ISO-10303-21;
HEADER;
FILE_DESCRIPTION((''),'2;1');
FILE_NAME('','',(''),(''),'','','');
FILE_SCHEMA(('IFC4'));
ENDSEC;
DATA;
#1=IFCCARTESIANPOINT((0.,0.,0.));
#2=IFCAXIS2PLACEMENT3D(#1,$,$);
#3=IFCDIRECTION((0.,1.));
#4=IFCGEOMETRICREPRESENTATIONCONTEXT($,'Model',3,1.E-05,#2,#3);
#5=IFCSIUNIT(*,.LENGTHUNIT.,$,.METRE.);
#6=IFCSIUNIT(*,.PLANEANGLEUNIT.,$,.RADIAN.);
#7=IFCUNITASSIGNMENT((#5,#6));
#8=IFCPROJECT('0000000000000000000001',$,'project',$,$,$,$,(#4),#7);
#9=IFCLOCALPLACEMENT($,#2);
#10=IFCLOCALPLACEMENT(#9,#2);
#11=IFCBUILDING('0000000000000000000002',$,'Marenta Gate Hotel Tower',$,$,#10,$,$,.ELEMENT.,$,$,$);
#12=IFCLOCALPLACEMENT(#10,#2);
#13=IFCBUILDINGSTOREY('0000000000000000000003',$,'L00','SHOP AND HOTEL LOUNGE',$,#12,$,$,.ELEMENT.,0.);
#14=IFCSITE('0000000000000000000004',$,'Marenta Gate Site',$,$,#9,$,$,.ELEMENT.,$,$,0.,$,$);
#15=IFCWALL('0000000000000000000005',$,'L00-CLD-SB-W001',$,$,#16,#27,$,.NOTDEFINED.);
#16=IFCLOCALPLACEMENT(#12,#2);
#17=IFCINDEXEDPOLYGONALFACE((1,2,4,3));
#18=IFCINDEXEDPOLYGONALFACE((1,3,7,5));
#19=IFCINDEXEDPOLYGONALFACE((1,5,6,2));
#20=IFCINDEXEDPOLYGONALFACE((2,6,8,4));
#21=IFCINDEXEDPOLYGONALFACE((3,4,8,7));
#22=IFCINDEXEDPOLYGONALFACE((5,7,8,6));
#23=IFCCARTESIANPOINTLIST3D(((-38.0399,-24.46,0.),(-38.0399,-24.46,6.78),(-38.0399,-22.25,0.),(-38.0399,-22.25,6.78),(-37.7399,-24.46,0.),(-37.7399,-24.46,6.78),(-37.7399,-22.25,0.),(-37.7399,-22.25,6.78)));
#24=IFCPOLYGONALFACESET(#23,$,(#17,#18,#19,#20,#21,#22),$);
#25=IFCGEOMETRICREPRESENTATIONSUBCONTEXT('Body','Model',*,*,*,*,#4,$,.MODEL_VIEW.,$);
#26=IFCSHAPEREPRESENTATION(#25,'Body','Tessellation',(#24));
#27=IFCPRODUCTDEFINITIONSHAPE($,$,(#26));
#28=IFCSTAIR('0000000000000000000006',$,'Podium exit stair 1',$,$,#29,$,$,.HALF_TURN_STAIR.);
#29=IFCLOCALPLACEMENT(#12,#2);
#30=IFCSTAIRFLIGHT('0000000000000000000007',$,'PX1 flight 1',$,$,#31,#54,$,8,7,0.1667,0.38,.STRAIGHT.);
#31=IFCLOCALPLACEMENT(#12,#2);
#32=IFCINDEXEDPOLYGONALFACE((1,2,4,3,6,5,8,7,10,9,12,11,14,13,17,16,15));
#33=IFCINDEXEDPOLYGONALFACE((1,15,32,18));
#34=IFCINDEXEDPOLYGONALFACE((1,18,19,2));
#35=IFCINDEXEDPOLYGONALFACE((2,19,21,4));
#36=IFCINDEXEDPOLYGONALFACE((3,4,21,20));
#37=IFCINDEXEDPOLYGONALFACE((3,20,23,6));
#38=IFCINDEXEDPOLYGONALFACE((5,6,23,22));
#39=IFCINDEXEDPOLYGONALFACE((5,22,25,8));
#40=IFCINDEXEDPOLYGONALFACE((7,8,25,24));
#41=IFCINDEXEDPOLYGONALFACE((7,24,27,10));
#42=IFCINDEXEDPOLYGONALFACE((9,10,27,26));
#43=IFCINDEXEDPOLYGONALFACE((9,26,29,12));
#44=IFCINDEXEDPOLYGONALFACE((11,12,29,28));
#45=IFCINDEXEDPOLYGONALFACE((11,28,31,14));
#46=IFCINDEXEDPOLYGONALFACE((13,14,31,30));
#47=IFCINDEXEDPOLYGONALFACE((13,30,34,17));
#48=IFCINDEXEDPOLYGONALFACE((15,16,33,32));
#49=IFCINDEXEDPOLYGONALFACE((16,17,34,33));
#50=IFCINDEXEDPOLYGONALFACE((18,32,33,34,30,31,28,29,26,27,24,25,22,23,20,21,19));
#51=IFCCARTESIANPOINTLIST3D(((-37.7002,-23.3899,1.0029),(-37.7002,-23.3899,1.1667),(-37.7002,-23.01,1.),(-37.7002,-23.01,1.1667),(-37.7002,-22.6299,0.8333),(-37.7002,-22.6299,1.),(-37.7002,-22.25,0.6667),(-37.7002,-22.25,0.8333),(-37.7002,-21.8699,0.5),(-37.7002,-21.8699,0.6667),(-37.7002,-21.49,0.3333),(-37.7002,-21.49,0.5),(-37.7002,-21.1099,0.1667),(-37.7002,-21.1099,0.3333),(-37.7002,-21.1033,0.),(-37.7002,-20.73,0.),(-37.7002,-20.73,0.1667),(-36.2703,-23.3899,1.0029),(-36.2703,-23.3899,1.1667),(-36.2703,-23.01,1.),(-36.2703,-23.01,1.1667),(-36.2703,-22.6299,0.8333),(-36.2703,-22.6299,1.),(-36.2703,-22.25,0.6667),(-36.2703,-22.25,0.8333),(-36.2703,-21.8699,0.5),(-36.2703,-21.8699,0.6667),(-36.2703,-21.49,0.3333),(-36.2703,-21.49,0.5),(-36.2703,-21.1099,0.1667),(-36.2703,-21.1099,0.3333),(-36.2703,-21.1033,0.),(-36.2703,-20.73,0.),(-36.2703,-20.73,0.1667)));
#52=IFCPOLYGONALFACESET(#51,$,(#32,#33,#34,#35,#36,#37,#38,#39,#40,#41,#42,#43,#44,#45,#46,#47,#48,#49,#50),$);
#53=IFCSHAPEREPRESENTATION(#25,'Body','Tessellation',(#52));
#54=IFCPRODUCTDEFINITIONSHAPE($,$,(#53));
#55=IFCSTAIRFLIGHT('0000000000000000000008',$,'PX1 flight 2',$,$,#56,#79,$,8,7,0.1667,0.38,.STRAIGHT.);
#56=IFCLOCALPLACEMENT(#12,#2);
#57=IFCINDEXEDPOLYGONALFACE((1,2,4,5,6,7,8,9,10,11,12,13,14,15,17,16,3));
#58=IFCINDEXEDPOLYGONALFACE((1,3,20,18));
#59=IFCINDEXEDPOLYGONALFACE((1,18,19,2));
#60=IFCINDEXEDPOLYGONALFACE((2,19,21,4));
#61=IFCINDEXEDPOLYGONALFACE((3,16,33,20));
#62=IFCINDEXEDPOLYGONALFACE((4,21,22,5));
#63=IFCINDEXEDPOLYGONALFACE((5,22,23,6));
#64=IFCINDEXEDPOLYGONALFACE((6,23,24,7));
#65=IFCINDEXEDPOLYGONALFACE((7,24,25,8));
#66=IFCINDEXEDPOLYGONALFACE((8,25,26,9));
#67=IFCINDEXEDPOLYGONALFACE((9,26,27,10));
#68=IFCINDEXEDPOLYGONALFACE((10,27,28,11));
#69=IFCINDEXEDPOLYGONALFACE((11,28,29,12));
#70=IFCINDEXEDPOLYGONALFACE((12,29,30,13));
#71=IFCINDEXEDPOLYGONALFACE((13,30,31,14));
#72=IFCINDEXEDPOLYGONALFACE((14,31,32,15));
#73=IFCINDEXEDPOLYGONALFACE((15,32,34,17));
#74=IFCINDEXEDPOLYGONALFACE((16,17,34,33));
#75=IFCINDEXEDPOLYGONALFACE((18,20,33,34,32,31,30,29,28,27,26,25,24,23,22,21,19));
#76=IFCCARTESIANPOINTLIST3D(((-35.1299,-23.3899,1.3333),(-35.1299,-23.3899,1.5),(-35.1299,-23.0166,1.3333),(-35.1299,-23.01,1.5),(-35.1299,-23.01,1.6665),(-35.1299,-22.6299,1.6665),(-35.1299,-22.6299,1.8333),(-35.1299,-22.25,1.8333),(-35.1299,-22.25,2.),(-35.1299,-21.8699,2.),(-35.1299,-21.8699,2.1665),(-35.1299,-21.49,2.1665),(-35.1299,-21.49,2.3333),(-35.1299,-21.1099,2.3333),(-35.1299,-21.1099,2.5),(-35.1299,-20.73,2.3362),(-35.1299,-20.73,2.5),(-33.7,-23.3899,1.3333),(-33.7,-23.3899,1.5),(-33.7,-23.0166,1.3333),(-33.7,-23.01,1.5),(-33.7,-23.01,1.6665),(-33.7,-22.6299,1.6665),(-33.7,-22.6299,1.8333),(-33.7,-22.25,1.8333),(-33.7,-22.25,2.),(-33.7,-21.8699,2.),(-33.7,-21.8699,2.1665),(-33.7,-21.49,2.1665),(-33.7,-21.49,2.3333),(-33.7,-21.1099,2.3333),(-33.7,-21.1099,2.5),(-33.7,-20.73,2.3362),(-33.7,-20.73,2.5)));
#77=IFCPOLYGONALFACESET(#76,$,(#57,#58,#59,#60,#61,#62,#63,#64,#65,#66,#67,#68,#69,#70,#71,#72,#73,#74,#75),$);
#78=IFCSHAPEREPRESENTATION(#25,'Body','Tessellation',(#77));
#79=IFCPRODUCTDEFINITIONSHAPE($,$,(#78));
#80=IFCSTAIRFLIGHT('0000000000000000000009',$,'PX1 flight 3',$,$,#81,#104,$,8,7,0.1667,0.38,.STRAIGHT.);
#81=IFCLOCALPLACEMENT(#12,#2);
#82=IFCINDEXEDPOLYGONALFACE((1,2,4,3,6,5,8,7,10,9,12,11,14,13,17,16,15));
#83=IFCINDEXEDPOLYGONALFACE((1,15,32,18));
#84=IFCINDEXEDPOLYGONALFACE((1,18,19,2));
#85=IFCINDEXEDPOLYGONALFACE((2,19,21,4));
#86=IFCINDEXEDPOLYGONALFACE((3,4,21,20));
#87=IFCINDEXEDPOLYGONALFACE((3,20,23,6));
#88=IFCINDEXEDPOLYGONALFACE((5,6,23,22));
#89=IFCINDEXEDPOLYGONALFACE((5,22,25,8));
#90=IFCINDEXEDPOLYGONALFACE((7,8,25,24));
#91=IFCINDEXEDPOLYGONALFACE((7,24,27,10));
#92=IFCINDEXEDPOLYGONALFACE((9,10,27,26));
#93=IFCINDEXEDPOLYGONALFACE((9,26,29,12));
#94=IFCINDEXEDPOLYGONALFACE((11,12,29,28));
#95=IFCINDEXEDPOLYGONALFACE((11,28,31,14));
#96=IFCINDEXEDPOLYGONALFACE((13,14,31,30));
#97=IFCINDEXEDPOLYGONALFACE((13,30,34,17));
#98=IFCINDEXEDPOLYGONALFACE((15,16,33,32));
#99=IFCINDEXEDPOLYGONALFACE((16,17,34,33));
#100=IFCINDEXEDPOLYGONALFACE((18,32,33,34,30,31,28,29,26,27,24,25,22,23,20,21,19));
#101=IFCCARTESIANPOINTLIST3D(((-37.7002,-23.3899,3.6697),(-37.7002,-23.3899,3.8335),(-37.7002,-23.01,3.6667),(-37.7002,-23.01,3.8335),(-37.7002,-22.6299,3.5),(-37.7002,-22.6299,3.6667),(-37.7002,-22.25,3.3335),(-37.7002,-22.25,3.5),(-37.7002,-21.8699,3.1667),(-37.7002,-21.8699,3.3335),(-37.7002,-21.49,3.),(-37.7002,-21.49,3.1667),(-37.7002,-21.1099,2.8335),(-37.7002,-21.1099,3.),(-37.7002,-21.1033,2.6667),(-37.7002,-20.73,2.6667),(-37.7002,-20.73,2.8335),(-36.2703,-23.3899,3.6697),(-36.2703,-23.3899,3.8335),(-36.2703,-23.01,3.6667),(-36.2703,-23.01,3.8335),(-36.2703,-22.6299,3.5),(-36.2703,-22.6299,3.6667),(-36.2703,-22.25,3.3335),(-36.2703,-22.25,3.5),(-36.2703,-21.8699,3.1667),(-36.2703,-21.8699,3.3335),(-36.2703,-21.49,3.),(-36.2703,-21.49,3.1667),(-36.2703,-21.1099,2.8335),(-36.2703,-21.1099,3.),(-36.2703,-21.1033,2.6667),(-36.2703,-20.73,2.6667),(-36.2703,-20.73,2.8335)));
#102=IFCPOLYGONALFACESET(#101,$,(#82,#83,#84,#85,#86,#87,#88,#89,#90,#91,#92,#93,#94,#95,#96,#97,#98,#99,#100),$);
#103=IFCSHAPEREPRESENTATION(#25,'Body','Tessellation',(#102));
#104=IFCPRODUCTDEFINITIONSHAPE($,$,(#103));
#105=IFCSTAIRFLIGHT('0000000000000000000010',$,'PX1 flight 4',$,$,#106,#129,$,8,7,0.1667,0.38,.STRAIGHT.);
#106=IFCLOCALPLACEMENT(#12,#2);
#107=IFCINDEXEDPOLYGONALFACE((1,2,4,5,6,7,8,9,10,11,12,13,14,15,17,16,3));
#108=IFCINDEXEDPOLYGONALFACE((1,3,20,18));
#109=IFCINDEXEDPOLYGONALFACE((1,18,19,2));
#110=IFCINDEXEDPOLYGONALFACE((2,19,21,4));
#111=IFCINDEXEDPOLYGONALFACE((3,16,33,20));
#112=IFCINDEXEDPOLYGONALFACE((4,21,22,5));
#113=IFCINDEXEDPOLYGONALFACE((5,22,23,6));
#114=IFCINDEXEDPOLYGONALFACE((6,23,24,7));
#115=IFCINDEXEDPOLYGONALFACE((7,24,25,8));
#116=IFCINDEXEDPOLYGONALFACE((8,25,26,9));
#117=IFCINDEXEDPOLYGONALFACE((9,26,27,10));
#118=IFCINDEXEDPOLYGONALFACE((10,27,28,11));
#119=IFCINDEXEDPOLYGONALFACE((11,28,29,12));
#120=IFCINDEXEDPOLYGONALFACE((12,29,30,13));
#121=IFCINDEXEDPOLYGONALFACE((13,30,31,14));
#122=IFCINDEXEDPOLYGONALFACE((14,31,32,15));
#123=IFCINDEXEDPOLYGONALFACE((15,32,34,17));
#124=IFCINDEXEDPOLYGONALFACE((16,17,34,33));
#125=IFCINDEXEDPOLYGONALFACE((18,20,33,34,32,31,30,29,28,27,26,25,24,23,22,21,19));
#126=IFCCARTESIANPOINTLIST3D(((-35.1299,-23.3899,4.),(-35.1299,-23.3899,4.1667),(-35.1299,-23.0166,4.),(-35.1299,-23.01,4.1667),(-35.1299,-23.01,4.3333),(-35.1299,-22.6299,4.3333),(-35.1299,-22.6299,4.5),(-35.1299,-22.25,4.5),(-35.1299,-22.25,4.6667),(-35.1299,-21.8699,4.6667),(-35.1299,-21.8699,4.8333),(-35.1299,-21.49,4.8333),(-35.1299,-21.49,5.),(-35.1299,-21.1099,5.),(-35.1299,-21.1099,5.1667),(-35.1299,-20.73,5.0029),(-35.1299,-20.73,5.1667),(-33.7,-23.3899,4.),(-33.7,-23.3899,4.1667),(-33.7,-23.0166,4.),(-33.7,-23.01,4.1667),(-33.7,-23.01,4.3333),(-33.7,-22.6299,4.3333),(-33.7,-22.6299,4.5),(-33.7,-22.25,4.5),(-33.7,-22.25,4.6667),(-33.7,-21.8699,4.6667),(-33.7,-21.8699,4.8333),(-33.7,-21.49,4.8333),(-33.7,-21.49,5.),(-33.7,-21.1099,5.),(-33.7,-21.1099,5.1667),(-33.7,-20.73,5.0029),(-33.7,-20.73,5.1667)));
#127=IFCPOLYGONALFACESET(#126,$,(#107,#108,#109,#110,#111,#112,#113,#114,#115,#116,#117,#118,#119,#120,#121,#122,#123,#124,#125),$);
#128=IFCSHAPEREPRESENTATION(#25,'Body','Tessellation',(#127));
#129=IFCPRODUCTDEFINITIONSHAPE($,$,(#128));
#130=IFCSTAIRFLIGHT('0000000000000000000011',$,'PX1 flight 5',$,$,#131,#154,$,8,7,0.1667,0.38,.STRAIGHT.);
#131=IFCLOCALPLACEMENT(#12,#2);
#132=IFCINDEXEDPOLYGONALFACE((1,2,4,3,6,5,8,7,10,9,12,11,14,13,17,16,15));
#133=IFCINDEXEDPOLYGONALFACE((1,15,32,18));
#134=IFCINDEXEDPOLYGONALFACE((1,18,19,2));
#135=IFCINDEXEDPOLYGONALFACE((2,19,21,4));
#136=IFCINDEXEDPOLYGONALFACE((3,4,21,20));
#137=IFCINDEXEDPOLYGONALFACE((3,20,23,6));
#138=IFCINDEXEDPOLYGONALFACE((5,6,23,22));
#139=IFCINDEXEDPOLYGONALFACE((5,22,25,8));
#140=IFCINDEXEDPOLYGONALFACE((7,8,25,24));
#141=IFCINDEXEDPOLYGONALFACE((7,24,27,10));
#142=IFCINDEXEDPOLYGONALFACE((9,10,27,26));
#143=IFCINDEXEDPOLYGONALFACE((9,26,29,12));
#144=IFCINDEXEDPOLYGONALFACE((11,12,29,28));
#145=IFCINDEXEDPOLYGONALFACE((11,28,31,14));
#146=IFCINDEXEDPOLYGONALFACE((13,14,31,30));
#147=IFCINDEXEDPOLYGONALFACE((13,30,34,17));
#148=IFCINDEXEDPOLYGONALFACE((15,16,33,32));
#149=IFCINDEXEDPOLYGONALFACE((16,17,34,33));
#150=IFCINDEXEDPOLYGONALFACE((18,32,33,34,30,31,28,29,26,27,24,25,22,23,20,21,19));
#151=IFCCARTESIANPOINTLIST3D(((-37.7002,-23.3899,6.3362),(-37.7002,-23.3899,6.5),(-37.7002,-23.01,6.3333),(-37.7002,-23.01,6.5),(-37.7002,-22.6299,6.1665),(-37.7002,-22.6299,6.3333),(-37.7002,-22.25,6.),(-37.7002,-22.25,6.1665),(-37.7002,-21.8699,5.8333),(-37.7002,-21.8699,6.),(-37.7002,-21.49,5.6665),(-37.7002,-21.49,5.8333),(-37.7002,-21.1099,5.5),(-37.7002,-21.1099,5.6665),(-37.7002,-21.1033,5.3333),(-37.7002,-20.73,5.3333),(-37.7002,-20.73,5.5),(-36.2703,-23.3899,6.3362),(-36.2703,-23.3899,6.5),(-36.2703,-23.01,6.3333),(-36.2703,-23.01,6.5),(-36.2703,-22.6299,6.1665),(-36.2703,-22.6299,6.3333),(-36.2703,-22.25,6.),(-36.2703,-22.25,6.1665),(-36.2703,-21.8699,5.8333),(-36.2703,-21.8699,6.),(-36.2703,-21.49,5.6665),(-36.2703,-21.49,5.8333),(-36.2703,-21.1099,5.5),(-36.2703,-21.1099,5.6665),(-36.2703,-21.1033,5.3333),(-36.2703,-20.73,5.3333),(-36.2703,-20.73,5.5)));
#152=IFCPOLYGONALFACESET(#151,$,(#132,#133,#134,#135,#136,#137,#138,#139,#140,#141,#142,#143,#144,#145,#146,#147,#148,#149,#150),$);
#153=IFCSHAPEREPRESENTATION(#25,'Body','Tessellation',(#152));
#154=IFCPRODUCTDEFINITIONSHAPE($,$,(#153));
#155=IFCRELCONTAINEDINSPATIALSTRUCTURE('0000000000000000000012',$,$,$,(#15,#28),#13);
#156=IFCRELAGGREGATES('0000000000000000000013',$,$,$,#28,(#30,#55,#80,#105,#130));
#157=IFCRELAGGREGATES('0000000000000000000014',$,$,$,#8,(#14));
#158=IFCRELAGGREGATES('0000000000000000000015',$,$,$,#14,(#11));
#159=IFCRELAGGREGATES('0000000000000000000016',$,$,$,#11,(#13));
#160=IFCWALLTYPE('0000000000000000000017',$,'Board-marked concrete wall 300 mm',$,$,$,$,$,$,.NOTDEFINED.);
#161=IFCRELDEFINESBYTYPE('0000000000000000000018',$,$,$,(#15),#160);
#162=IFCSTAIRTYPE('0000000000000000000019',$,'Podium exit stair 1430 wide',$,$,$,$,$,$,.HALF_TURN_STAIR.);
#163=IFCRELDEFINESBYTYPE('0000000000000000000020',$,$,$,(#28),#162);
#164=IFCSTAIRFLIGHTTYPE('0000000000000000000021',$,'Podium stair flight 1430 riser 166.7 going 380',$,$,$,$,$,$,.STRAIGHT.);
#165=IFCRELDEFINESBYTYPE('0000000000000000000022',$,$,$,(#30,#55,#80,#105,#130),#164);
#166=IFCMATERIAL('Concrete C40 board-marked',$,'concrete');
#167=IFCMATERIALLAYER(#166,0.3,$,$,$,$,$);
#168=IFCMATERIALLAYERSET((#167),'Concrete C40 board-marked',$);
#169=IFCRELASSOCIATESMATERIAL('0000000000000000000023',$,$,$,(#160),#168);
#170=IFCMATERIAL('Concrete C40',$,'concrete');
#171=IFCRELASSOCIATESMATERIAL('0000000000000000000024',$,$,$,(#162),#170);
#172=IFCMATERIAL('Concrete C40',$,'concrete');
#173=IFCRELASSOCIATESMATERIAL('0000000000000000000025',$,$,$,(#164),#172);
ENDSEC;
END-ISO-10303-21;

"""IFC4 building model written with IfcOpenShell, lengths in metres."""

from ifc_helpers import new_model, si_unit, direction, frame, frame_2d, origin, place, context, subcontext, project, spatial, polyline, rectangle, outline, extrude, material, layer, layer_set, type_object, element, aggregate, save


model = new_model("IFC4")

# Units and contexts
model_context = context("Model", 3, precision=1e-05, world=origin(), true_north=direction((0.0, 1.0)))
body_context = subcontext(model_context, "Body", "Model", "MODEL_VIEW")
ifc_project = project(units=[si_unit("LENGTHUNIT", "METRE"), si_unit("PLANEANGLEUNIT", "RADIAN")], contexts=[model_context])

# Site, building, storey
site_placement = place(None, origin())
site = spatial("IfcSite", under=ifc_project, at=site_placement, Name="Marenta Gate Site", CompositionType="ELEMENT", RefElevation=0.0)
building_placement = place(site_placement, origin())
building = spatial("IfcBuilding", under=site, at=building_placement, Name="Marenta Gate Hotel Tower", CompositionType="ELEMENT")
storey_placement = place(building_placement, origin())
storey = spatial("IfcBuildingStorey", under=building, at=storey_placement, Name="L00", Description="SHOP AND HOTEL LOUNGE", CompositionType="ELEMENT", Elevation=0.0)

# Wall
ifc_material_1 = material(Name="Concrete C40 board-marked", Category="concrete")
ifc_layer_1 = layer(ifc_material_1, 0.3)
ifc_layer_set_1 = layer_set([ifc_layer_1], Name="Concrete C40 board-marked")
wall_type = type_object("IfcWallType", Name="Board-marked concrete wall 300 mm", PredefinedType="NOTDEFINED", material=ifc_layer_set_1)
wall_placement = place(storey_placement, frame((-37.8899, -22.25, 0.0), z_axis=(0.0, 0.0, 1.0), x_axis=(0.0, -1.0, 0.0)))
element("IfcWall", 1, at=wall_placement, inside=storey, type_object=wall_type, Name="L00-CLD-SB-W001", PredefinedType="NOTDEFINED", context=body_context, shape_type="SweptSolid", body=[
    extrude(rectangle(XDim=2.21, YDim=0.3, at=frame_2d((1.105, 0.0))), origin(), (0.0, 0.0, 1.0), 6.78),
])

# Stair, stair flights
ifc_material_2 = material(Name="Concrete C40", Category="concrete")
stair_type = type_object("IfcStairType", Name="Podium exit stair 1430 wide", PredefinedType="HALF_TURN_STAIR", material=ifc_material_2)
stair_placement = place(storey_placement, origin())
stair = element("IfcStair", 2, at=stair_placement, inside=storey, type_object=stair_type, Name="Podium exit stair 1", PredefinedType="HALF_TURN_STAIR")
ifc_material_3 = material(Name="Concrete C40", Category="concrete")
stair_flight_type = type_object("IfcStairFlightType", Name="Podium stair flight 1430 riser 166.7 going 380", PredefinedType="STRAIGHT", material=ifc_material_3)
stair_flight_1_placement = place(storey_placement, frame((-36.9851, -20.73, 0.0), z_axis=(0.0, 0.0, 1.0), x_axis=(0.0, -1.0, 0.0)))
stair_flight_1 = element("IfcStairFlight", 3, at=stair_flight_1_placement, type_object=stair_flight_type, Name="PX1 flight 1", NumberOfRisers=8, NumberOfTreads=7, PredefinedType="STRAIGHT", RiserHeight=0.1667, TreadLength=0.38, context=body_context, shape_type="SweptSolid", body=[
    extrude(outline(polyline([(0.0, 0.0), (0.0, 0.1667), (0.3799, 0.1667), (0.3799, 0.3333), (0.76, 0.3333), (0.76, 0.5), (1.1399, 0.5), (1.1399, 0.6667), (1.52, 0.6667), (1.52, 0.8333), (1.8999, 0.8333), (1.8999, 1.0), (2.28, 1.0), (2.28, 1.1667), (2.6599, 1.1667), (2.6599, 1.3333), (2.6599, 1.0029), (0.3733, 0.0), (0.0, 0.0)])), frame((0.0, 0.7148, 0.0), z_axis=(0.0, -1.0, 0.0), x_axis=(1.0, 0.0, 0.0)), (0.0, 0.0, 1.0), 1.4299),
])
stair_flight_2_placement = place(storey_placement, frame((-34.415, -23.3899, 1.3333), z_axis=(0.0, 0.0, 1.0), x_axis=(0.0, 1.0, 0.0)))
stair_flight_2 = element("IfcStairFlight", 4, at=stair_flight_2_placement, type_object=stair_flight_type, Name="PX1 flight 2", NumberOfRisers=8, NumberOfTreads=7, PredefinedType="STRAIGHT", RiserHeight=0.1667, TreadLength=0.38, context=body_context, shape_type="SweptSolid", body=[
    extrude(outline(polyline([(0.0, 0.0), (0.0, 0.1667), (0.3799, 0.1667), (0.3799, 0.3333), (0.76, 0.3333), (0.76, 0.5), (1.1399, 0.5), (1.1399, 0.6667), (1.52, 0.6667), (1.52, 0.8333), (1.8999, 0.8333), (1.8999, 1.0), (2.28, 1.0), (2.28, 1.1667), (2.6599, 1.1667), (2.6599, 1.3333), (2.6599, 1.0029), (0.3733, 0.0), (0.0, 0.0)])), frame((0.0, 0.7148, 0.0), z_axis=(0.0, -1.0, 0.0), x_axis=(1.0, 0.0, 0.0)), (0.0, 0.0, 1.0), 1.4299),
])
stair_flight_3_placement = place(storey_placement, frame((-36.9851, -20.73, 2.6667), z_axis=(0.0, 0.0, 1.0), x_axis=(0.0, -1.0, 0.0)))
stair_flight_3 = element("IfcStairFlight", 5, at=stair_flight_3_placement, type_object=stair_flight_type, Name="PX1 flight 3", NumberOfRisers=8, NumberOfTreads=7, PredefinedType="STRAIGHT", RiserHeight=0.1667, TreadLength=0.38, context=body_context, shape_type="SweptSolid", body=[
    extrude(outline(polyline([(0.0, 0.0), (0.0, 0.1667), (0.3799, 0.1667), (0.3799, 0.3333), (0.76, 0.3333), (0.76, 0.5), (1.1399, 0.5), (1.1399, 0.6667), (1.52, 0.6667), (1.52, 0.8333), (1.8999, 0.8333), (1.8999, 1.0), (2.28, 1.0), (2.28, 1.1667), (2.6599, 1.1667), (2.6599, 1.3333), (2.6599, 1.0029), (0.3733, 0.0), (0.0, 0.0)])), frame((0.0, 0.7148, 0.0), z_axis=(0.0, -1.0, 0.0), x_axis=(1.0, 0.0, 0.0)), (0.0, 0.0, 1.0), 1.4299),
])
stair_flight_4_placement = place(storey_placement, frame((-34.415, -23.3899, 4.0), z_axis=(0.0, 0.0, 1.0), x_axis=(0.0, 1.0, 0.0)))
stair_flight_4 = element("IfcStairFlight", 6, at=stair_flight_4_placement, type_object=stair_flight_type, Name="PX1 flight 4", NumberOfRisers=8, NumberOfTreads=7, PredefinedType="STRAIGHT", RiserHeight=0.1667, TreadLength=0.38, context=body_context, shape_type="SweptSolid", body=[
    extrude(outline(polyline([(0.0, 0.0), (0.0, 0.1667), (0.3799, 0.1667), (0.3799, 0.3333), (0.76, 0.3333), (0.76, 0.5), (1.1399, 0.5), (1.1399, 0.6667), (1.52, 0.6667), (1.52, 0.8333), (1.8999, 0.8333), (1.8999, 1.0), (2.28, 1.0), (2.28, 1.1667), (2.6599, 1.1667), (2.6599, 1.3333), (2.6599, 1.0029), (0.3733, 0.0), (0.0, 0.0)])), frame((0.0, 0.7148, 0.0), z_axis=(0.0, -1.0, 0.0), x_axis=(1.0, 0.0, 0.0)), (0.0, 0.0, 1.0), 1.4299),
])
stair_flight_5_placement = place(storey_placement, frame((-36.9851, -20.73, 5.3333), z_axis=(0.0, 0.0, 1.0), x_axis=(0.0, -1.0, 0.0)))
stair_flight_5 = element("IfcStairFlight", 7, at=stair_flight_5_placement, type_object=stair_flight_type, Name="PX1 flight 5", NumberOfRisers=8, NumberOfTreads=7, PredefinedType="STRAIGHT", RiserHeight=0.1667, TreadLength=0.38, context=body_context, shape_type="SweptSolid", body=[
    extrude(outline(polyline([(0.0, 0.0), (0.0, 0.1667), (0.3799, 0.1667), (0.3799, 0.3333), (0.76, 0.3333), (0.76, 0.5), (1.1399, 0.5), (1.1399, 0.6667), (1.52, 0.6667), (1.52, 0.8333), (1.8999, 0.8333), (1.8999, 1.0), (2.28, 1.0), (2.28, 1.1667), (2.6599, 1.1667), (2.6599, 1.3333), (2.6599, 1.0029), (0.3733, 0.0), (0.0, 0.0)])), frame((0.0, 0.7148, 0.0), z_axis=(0.0, -1.0, 0.0), x_axis=(1.0, 0.0, 0.0)), (0.0, 0.0, 1.0), 1.4299),
])
aggregate(stair, [stair_flight_1, stair_flight_2, stair_flight_3, stair_flight_4, stair_flight_5])

save(model, "model.ifc")
